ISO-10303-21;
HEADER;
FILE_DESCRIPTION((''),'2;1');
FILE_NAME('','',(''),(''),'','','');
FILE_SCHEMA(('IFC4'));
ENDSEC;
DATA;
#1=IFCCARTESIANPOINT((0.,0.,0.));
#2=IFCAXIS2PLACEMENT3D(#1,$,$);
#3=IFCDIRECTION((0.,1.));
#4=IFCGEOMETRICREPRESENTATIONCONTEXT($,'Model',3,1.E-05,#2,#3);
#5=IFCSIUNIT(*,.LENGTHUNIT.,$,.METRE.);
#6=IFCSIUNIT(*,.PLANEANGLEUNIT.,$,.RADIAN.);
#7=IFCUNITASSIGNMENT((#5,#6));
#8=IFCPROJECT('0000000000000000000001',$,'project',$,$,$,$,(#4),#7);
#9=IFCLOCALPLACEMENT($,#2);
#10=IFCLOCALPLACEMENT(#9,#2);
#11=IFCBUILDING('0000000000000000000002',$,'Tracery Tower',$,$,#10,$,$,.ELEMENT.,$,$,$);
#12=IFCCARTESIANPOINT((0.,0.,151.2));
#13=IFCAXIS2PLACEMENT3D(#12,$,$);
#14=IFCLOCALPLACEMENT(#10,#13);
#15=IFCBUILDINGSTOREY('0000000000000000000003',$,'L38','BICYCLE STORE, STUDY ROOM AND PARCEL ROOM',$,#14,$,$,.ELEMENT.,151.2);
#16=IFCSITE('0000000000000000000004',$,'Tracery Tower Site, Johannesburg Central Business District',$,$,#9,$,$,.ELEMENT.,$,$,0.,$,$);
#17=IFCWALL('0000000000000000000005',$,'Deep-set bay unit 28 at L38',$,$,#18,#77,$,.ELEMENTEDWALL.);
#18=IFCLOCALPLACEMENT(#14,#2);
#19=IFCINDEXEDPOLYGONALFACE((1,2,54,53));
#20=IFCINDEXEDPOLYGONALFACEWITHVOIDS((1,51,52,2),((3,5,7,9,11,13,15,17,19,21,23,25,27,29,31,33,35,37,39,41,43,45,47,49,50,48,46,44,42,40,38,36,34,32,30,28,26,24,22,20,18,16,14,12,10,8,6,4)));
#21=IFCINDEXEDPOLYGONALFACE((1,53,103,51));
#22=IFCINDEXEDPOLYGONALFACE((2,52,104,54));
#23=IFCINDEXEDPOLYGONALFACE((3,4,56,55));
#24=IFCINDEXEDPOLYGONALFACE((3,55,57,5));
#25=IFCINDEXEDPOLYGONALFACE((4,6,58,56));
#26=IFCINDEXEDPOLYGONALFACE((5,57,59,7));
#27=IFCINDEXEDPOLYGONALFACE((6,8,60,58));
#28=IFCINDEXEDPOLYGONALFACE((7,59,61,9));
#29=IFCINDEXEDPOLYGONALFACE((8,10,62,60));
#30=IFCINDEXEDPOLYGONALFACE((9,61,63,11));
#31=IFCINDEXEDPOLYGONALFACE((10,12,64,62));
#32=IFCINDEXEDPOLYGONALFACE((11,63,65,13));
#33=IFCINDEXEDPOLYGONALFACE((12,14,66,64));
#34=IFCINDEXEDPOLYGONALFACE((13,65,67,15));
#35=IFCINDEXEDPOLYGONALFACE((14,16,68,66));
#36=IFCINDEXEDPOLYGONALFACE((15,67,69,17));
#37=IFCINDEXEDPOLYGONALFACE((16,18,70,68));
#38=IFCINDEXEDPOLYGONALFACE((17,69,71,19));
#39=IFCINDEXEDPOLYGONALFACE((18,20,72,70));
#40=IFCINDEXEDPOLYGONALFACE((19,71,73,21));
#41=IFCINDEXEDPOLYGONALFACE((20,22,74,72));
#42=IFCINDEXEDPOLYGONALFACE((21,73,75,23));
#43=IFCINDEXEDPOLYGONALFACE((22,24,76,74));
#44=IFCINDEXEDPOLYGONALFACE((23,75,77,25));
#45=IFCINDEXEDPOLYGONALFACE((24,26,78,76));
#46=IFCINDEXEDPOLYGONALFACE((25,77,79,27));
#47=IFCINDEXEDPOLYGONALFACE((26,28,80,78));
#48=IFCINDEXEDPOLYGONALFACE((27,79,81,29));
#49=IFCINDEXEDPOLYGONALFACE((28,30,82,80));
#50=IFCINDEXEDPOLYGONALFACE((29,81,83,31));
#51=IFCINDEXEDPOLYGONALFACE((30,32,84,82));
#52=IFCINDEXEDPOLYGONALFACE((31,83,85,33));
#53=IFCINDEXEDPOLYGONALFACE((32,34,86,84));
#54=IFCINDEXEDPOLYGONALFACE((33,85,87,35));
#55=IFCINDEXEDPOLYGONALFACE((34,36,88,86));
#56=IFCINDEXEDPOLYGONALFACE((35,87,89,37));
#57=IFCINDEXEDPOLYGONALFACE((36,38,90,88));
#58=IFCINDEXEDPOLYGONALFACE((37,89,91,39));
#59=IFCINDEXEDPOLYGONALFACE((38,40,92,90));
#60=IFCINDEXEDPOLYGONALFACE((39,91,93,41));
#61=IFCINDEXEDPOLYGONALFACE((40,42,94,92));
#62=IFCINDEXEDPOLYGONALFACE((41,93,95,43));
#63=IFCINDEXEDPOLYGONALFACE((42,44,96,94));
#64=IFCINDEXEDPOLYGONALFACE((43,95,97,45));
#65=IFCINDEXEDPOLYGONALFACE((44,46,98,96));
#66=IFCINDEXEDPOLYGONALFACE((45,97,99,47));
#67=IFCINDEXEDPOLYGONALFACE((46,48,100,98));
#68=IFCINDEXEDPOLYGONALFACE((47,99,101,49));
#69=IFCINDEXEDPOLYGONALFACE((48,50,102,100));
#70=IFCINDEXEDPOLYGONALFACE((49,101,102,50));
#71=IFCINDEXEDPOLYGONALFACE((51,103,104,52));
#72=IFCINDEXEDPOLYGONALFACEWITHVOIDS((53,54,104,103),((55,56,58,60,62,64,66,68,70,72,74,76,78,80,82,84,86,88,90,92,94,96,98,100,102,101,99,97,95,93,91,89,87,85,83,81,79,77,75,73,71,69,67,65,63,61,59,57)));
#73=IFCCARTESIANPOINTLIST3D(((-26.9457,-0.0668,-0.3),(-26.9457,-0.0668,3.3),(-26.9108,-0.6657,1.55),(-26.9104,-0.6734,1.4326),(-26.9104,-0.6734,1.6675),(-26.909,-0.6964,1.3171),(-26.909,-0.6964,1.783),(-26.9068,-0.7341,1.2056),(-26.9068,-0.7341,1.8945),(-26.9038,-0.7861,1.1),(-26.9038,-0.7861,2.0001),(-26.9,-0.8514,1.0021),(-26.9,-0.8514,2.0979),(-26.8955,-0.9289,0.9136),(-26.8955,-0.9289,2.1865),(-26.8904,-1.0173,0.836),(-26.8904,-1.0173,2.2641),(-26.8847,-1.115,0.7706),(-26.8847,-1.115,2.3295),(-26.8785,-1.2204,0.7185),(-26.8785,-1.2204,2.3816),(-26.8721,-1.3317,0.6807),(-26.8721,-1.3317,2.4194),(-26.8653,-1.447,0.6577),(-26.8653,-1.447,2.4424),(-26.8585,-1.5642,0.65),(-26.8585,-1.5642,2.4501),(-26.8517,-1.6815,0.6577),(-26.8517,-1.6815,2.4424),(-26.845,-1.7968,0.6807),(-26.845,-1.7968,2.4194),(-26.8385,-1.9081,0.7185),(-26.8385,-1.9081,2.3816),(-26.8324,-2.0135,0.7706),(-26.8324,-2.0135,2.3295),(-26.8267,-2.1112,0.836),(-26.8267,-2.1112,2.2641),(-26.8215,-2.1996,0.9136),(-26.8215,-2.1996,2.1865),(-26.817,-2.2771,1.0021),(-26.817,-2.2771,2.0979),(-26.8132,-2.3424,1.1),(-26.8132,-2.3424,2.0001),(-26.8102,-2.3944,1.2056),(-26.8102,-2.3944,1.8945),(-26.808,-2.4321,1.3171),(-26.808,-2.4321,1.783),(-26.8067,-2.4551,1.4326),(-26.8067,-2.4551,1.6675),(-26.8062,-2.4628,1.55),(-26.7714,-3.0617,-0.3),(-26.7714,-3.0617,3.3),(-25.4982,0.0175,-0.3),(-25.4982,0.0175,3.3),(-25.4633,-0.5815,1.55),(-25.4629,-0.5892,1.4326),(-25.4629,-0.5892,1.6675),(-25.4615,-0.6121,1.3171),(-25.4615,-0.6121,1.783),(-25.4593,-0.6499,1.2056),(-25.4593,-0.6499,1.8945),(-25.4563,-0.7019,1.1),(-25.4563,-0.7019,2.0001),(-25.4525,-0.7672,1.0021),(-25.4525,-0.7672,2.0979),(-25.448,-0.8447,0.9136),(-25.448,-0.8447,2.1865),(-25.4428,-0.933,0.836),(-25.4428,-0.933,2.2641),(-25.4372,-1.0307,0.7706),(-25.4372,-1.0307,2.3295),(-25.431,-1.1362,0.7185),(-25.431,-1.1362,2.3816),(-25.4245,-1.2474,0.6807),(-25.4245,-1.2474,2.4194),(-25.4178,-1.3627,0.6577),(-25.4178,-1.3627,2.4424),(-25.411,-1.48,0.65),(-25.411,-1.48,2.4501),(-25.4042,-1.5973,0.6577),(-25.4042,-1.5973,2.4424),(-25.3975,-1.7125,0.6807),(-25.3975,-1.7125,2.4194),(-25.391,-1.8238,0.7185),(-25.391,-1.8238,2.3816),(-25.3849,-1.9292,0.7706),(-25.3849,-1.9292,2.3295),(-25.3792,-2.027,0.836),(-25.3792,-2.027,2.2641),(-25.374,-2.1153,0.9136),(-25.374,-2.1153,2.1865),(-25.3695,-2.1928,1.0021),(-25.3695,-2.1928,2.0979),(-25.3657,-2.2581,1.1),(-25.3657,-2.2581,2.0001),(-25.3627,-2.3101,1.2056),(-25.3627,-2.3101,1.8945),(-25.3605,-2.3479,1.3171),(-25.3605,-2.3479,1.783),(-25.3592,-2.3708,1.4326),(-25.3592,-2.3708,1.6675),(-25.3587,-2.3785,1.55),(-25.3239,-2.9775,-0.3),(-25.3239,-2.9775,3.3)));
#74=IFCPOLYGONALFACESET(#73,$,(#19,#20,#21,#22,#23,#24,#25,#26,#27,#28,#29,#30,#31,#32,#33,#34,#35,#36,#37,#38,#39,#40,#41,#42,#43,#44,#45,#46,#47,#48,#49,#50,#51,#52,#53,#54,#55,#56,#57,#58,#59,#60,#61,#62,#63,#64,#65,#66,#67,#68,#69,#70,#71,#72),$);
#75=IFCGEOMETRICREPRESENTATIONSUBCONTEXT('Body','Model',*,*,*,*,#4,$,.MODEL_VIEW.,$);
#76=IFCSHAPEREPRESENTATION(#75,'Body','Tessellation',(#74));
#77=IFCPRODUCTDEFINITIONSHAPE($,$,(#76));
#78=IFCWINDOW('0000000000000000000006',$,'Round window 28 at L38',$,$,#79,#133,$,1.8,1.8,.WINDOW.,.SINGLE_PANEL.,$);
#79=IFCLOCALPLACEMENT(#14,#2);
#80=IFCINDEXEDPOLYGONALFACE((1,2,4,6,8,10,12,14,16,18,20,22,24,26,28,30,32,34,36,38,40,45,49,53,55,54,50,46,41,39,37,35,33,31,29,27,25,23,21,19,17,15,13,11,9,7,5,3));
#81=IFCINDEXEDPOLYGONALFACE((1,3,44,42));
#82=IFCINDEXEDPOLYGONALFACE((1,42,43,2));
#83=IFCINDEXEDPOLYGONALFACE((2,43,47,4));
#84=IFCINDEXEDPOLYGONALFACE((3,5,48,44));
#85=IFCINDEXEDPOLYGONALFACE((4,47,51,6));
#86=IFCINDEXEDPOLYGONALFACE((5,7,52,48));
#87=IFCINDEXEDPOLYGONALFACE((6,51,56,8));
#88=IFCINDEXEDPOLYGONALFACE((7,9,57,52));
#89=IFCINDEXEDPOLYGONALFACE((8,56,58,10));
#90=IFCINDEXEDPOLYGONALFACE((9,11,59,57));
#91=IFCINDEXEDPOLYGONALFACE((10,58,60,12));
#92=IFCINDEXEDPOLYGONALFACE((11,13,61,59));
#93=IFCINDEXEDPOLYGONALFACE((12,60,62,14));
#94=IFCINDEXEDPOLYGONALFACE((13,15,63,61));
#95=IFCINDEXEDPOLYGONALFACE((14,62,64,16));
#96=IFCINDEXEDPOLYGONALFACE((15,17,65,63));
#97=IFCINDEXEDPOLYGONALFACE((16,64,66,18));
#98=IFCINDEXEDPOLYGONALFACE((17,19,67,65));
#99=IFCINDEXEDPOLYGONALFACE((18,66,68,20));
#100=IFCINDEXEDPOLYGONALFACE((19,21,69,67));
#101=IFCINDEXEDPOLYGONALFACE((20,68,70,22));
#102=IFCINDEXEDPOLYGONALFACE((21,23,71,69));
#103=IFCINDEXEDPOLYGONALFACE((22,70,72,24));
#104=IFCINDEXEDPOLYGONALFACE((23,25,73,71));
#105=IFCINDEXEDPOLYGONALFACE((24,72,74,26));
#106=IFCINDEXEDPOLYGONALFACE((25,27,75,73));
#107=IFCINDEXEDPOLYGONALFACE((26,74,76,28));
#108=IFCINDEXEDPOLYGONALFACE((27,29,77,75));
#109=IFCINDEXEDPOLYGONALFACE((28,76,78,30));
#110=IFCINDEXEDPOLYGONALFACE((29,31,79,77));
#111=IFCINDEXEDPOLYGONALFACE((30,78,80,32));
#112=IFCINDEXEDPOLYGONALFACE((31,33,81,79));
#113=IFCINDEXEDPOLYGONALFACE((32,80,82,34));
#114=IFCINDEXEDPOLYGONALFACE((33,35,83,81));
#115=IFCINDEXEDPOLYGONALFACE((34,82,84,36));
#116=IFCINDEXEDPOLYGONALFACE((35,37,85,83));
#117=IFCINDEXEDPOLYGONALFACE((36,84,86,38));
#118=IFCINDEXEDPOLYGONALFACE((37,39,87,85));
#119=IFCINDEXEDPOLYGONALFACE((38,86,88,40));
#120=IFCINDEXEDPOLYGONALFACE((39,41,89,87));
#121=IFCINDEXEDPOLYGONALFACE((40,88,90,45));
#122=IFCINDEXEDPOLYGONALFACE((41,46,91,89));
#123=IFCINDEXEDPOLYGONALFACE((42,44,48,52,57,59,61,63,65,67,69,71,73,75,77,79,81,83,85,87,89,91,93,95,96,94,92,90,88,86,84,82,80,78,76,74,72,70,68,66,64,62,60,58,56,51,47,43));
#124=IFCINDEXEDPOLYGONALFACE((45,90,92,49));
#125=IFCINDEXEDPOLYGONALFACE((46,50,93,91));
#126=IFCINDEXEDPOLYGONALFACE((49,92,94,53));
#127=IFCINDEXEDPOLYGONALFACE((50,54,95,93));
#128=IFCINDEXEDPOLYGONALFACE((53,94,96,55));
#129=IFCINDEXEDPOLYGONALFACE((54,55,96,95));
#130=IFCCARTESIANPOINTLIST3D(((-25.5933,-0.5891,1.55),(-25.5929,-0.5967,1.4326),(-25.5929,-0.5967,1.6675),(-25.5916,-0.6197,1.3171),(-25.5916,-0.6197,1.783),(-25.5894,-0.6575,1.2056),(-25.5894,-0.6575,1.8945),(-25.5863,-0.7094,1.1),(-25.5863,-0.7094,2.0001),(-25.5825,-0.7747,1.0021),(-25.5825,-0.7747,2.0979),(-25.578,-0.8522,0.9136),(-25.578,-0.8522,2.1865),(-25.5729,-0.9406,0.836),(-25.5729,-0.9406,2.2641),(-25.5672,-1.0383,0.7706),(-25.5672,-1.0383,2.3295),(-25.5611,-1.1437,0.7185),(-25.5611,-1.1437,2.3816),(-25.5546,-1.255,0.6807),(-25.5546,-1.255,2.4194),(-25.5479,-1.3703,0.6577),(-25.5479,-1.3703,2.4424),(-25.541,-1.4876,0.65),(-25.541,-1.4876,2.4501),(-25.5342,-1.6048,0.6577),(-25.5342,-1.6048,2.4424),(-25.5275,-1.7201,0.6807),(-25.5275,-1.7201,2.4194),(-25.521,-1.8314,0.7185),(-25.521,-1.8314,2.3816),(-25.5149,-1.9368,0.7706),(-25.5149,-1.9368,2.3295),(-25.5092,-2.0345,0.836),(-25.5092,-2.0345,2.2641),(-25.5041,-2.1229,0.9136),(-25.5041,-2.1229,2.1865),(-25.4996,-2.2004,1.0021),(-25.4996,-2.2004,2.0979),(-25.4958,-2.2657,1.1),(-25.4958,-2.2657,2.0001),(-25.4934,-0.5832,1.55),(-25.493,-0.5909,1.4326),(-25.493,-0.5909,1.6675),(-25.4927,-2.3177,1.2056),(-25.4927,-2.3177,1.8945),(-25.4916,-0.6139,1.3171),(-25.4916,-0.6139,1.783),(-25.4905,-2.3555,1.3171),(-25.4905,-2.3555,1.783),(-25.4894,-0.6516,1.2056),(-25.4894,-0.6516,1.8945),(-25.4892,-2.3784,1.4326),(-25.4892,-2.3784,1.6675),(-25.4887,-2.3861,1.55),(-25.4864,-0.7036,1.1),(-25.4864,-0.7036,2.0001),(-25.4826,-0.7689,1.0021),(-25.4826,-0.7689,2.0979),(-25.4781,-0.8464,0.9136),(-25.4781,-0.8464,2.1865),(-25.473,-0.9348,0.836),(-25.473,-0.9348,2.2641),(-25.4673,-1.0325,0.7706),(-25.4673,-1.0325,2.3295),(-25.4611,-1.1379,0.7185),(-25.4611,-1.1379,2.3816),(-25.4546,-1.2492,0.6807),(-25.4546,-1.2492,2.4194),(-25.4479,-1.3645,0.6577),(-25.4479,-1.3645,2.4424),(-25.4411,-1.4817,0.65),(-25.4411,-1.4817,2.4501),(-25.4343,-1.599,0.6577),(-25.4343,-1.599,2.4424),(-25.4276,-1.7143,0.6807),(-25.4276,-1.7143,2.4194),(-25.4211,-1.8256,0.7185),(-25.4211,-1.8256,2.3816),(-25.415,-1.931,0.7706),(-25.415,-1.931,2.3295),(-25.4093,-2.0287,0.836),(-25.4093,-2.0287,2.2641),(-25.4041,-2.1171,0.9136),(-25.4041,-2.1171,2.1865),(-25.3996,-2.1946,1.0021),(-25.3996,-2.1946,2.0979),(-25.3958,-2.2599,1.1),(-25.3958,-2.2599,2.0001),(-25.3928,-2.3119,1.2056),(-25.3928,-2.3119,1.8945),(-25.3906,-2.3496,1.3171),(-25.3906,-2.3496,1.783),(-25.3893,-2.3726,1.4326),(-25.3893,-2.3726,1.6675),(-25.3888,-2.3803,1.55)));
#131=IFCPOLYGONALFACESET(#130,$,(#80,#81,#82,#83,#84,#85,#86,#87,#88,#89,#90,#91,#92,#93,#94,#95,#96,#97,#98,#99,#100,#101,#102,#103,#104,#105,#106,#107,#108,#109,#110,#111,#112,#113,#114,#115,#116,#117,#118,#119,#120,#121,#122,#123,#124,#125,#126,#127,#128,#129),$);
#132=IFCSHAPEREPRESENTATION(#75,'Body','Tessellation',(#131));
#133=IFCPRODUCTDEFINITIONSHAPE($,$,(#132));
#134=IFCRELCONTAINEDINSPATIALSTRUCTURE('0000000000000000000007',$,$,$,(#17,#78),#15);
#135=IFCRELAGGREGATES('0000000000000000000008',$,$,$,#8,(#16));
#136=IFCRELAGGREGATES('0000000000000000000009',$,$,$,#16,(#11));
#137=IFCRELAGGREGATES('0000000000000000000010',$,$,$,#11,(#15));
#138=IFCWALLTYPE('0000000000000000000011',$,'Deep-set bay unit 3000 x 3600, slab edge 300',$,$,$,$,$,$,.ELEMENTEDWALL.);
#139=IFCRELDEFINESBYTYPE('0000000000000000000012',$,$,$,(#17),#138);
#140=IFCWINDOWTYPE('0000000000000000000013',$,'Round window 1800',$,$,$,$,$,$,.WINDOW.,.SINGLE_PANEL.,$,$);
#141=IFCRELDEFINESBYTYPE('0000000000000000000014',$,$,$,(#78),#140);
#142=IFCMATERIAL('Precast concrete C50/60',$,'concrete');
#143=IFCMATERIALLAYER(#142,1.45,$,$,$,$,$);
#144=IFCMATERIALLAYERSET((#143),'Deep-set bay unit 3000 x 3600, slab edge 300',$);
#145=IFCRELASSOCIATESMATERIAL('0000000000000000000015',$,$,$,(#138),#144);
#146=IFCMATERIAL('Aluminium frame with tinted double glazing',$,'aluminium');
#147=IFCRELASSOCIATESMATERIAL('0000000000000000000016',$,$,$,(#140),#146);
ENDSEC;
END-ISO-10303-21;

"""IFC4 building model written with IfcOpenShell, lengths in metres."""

from ifc_helpers import new_model, si_unit, direction, frame, frame_2d, origin, origin_2d, place, context, subcontext, project, spatial, rectangle, circle, extrude, material, layer, layer_set, type_object, element, fill, save


model = new_model("IFC4")

# Units and contexts
model_context = context("Model", 3, precision=1e-05, world=origin(), true_north=direction((0.0, 1.0)))
body_context = subcontext(model_context, "Body", "Model", "MODEL_VIEW")
ifc_project = project(units=[si_unit("LENGTHUNIT", "METRE"), si_unit("PLANEANGLEUNIT", "RADIAN")], contexts=[model_context])

# Site, building, storey
site_placement = place(None, origin())
site = spatial("IfcSite", under=ifc_project, at=site_placement, Name="Tracery Tower Site, Johannesburg Central Business District", CompositionType="ELEMENT", RefElevation=0.0)
building_placement = place(site_placement, origin())
building = spatial("IfcBuilding", under=site, at=building_placement, Name="Tracery Tower", CompositionType="ELEMENT")
storey_placement = place(building_placement, frame((0.0, 0.0, 151.2)))
storey = spatial("IfcBuildingStorey", under=building, at=storey_placement, Name="L38", Description="BICYCLE STORE, STUDY ROOM AND PARCEL ROOM", CompositionType="ELEMENT", Elevation=151.2)

# Wall, opening, window
ifc_material_1 = material(Name="Precast concrete C50/60", Category="concrete")
ifc_layer_1 = layer(ifc_material_1, 1.45)
ifc_layer_set_1 = layer_set([ifc_layer_1], Name="Deep-set bay unit 3000 x 3600, slab edge 300")
wall_type_1 = type_object("IfcWallType", Name="Deep-set bay unit 3000 x 3600, slab edge 300", PredefinedType="ELEMENTEDWALL", material=ifc_layer_set_1)
ifc_material_2 = material(Name="Aluminium frame with tinted double glazing", Category="aluminium")
window_type = type_object("IfcWindowType", Name="Round window 1800", PartitioningType="SINGLE_PANEL", PredefinedType="WINDOW", material=ifc_material_2)
wall_1_placement = place(storey_placement, frame((-26.2219, -0.0247, -0.3), z_axis=(0.0, 0.0, 1.0), x_axis=(0.058107, -0.99831, 0.0)))
wall_1 = element("IfcWall", 1, at=wall_1_placement, inside=storey, type_object=wall_type_1, Name="Deep-set bay unit 28 at L38", PredefinedType="ELEMENTEDWALL", context=body_context, shape_type="SweptSolid", body=[
    extrude(rectangle(XDim=3.0, YDim=1.45, at=frame_2d((1.5, 0.0))), origin(), (0.0, 0.0, 1.0), 3.6001),
])
opening_1_placement = place(wall_1_placement, frame((1.5, 0.0, 1.8501)))
opening_1 = element("IfcOpeningElement", 2, at=opening_1_placement, cuts=wall_1, PredefinedType="OPENING", context=body_context, shape_type="SweptSolid", body=[
    extrude(circle(Radius=0.9, at=origin_2d()), frame((0.0, 0.7349, 0.0), z_axis=(0.0, -1.0, 0.0), x_axis=(1.0, 0.0, 0.0)), (0.0, 0.0, 1.0), 1.47),
])
window_1_placement = place(opening_1_placement, origin())
window_1 = element("IfcWindow", 3, at=window_1_placement, inside=storey, type_object=window_type, Name="Round window 28 at L38", OverallHeight=1.8, OverallWidth=1.8, PartitioningType="SINGLE_PANEL", PredefinedType="WINDOW", context=body_context, shape_type="SweptSolid", body=[
    extrude(circle(Radius=0.9, at=origin_2d()), frame((0.0, 0.6948, 0.0), z_axis=(0.0, -1.0, 0.0), x_axis=(1.0, 0.0, 0.0)), (0.0, 0.0, 1.0), 0.1001),
])
fill(opening_1, window_1)

save(model, "model.ifc")
